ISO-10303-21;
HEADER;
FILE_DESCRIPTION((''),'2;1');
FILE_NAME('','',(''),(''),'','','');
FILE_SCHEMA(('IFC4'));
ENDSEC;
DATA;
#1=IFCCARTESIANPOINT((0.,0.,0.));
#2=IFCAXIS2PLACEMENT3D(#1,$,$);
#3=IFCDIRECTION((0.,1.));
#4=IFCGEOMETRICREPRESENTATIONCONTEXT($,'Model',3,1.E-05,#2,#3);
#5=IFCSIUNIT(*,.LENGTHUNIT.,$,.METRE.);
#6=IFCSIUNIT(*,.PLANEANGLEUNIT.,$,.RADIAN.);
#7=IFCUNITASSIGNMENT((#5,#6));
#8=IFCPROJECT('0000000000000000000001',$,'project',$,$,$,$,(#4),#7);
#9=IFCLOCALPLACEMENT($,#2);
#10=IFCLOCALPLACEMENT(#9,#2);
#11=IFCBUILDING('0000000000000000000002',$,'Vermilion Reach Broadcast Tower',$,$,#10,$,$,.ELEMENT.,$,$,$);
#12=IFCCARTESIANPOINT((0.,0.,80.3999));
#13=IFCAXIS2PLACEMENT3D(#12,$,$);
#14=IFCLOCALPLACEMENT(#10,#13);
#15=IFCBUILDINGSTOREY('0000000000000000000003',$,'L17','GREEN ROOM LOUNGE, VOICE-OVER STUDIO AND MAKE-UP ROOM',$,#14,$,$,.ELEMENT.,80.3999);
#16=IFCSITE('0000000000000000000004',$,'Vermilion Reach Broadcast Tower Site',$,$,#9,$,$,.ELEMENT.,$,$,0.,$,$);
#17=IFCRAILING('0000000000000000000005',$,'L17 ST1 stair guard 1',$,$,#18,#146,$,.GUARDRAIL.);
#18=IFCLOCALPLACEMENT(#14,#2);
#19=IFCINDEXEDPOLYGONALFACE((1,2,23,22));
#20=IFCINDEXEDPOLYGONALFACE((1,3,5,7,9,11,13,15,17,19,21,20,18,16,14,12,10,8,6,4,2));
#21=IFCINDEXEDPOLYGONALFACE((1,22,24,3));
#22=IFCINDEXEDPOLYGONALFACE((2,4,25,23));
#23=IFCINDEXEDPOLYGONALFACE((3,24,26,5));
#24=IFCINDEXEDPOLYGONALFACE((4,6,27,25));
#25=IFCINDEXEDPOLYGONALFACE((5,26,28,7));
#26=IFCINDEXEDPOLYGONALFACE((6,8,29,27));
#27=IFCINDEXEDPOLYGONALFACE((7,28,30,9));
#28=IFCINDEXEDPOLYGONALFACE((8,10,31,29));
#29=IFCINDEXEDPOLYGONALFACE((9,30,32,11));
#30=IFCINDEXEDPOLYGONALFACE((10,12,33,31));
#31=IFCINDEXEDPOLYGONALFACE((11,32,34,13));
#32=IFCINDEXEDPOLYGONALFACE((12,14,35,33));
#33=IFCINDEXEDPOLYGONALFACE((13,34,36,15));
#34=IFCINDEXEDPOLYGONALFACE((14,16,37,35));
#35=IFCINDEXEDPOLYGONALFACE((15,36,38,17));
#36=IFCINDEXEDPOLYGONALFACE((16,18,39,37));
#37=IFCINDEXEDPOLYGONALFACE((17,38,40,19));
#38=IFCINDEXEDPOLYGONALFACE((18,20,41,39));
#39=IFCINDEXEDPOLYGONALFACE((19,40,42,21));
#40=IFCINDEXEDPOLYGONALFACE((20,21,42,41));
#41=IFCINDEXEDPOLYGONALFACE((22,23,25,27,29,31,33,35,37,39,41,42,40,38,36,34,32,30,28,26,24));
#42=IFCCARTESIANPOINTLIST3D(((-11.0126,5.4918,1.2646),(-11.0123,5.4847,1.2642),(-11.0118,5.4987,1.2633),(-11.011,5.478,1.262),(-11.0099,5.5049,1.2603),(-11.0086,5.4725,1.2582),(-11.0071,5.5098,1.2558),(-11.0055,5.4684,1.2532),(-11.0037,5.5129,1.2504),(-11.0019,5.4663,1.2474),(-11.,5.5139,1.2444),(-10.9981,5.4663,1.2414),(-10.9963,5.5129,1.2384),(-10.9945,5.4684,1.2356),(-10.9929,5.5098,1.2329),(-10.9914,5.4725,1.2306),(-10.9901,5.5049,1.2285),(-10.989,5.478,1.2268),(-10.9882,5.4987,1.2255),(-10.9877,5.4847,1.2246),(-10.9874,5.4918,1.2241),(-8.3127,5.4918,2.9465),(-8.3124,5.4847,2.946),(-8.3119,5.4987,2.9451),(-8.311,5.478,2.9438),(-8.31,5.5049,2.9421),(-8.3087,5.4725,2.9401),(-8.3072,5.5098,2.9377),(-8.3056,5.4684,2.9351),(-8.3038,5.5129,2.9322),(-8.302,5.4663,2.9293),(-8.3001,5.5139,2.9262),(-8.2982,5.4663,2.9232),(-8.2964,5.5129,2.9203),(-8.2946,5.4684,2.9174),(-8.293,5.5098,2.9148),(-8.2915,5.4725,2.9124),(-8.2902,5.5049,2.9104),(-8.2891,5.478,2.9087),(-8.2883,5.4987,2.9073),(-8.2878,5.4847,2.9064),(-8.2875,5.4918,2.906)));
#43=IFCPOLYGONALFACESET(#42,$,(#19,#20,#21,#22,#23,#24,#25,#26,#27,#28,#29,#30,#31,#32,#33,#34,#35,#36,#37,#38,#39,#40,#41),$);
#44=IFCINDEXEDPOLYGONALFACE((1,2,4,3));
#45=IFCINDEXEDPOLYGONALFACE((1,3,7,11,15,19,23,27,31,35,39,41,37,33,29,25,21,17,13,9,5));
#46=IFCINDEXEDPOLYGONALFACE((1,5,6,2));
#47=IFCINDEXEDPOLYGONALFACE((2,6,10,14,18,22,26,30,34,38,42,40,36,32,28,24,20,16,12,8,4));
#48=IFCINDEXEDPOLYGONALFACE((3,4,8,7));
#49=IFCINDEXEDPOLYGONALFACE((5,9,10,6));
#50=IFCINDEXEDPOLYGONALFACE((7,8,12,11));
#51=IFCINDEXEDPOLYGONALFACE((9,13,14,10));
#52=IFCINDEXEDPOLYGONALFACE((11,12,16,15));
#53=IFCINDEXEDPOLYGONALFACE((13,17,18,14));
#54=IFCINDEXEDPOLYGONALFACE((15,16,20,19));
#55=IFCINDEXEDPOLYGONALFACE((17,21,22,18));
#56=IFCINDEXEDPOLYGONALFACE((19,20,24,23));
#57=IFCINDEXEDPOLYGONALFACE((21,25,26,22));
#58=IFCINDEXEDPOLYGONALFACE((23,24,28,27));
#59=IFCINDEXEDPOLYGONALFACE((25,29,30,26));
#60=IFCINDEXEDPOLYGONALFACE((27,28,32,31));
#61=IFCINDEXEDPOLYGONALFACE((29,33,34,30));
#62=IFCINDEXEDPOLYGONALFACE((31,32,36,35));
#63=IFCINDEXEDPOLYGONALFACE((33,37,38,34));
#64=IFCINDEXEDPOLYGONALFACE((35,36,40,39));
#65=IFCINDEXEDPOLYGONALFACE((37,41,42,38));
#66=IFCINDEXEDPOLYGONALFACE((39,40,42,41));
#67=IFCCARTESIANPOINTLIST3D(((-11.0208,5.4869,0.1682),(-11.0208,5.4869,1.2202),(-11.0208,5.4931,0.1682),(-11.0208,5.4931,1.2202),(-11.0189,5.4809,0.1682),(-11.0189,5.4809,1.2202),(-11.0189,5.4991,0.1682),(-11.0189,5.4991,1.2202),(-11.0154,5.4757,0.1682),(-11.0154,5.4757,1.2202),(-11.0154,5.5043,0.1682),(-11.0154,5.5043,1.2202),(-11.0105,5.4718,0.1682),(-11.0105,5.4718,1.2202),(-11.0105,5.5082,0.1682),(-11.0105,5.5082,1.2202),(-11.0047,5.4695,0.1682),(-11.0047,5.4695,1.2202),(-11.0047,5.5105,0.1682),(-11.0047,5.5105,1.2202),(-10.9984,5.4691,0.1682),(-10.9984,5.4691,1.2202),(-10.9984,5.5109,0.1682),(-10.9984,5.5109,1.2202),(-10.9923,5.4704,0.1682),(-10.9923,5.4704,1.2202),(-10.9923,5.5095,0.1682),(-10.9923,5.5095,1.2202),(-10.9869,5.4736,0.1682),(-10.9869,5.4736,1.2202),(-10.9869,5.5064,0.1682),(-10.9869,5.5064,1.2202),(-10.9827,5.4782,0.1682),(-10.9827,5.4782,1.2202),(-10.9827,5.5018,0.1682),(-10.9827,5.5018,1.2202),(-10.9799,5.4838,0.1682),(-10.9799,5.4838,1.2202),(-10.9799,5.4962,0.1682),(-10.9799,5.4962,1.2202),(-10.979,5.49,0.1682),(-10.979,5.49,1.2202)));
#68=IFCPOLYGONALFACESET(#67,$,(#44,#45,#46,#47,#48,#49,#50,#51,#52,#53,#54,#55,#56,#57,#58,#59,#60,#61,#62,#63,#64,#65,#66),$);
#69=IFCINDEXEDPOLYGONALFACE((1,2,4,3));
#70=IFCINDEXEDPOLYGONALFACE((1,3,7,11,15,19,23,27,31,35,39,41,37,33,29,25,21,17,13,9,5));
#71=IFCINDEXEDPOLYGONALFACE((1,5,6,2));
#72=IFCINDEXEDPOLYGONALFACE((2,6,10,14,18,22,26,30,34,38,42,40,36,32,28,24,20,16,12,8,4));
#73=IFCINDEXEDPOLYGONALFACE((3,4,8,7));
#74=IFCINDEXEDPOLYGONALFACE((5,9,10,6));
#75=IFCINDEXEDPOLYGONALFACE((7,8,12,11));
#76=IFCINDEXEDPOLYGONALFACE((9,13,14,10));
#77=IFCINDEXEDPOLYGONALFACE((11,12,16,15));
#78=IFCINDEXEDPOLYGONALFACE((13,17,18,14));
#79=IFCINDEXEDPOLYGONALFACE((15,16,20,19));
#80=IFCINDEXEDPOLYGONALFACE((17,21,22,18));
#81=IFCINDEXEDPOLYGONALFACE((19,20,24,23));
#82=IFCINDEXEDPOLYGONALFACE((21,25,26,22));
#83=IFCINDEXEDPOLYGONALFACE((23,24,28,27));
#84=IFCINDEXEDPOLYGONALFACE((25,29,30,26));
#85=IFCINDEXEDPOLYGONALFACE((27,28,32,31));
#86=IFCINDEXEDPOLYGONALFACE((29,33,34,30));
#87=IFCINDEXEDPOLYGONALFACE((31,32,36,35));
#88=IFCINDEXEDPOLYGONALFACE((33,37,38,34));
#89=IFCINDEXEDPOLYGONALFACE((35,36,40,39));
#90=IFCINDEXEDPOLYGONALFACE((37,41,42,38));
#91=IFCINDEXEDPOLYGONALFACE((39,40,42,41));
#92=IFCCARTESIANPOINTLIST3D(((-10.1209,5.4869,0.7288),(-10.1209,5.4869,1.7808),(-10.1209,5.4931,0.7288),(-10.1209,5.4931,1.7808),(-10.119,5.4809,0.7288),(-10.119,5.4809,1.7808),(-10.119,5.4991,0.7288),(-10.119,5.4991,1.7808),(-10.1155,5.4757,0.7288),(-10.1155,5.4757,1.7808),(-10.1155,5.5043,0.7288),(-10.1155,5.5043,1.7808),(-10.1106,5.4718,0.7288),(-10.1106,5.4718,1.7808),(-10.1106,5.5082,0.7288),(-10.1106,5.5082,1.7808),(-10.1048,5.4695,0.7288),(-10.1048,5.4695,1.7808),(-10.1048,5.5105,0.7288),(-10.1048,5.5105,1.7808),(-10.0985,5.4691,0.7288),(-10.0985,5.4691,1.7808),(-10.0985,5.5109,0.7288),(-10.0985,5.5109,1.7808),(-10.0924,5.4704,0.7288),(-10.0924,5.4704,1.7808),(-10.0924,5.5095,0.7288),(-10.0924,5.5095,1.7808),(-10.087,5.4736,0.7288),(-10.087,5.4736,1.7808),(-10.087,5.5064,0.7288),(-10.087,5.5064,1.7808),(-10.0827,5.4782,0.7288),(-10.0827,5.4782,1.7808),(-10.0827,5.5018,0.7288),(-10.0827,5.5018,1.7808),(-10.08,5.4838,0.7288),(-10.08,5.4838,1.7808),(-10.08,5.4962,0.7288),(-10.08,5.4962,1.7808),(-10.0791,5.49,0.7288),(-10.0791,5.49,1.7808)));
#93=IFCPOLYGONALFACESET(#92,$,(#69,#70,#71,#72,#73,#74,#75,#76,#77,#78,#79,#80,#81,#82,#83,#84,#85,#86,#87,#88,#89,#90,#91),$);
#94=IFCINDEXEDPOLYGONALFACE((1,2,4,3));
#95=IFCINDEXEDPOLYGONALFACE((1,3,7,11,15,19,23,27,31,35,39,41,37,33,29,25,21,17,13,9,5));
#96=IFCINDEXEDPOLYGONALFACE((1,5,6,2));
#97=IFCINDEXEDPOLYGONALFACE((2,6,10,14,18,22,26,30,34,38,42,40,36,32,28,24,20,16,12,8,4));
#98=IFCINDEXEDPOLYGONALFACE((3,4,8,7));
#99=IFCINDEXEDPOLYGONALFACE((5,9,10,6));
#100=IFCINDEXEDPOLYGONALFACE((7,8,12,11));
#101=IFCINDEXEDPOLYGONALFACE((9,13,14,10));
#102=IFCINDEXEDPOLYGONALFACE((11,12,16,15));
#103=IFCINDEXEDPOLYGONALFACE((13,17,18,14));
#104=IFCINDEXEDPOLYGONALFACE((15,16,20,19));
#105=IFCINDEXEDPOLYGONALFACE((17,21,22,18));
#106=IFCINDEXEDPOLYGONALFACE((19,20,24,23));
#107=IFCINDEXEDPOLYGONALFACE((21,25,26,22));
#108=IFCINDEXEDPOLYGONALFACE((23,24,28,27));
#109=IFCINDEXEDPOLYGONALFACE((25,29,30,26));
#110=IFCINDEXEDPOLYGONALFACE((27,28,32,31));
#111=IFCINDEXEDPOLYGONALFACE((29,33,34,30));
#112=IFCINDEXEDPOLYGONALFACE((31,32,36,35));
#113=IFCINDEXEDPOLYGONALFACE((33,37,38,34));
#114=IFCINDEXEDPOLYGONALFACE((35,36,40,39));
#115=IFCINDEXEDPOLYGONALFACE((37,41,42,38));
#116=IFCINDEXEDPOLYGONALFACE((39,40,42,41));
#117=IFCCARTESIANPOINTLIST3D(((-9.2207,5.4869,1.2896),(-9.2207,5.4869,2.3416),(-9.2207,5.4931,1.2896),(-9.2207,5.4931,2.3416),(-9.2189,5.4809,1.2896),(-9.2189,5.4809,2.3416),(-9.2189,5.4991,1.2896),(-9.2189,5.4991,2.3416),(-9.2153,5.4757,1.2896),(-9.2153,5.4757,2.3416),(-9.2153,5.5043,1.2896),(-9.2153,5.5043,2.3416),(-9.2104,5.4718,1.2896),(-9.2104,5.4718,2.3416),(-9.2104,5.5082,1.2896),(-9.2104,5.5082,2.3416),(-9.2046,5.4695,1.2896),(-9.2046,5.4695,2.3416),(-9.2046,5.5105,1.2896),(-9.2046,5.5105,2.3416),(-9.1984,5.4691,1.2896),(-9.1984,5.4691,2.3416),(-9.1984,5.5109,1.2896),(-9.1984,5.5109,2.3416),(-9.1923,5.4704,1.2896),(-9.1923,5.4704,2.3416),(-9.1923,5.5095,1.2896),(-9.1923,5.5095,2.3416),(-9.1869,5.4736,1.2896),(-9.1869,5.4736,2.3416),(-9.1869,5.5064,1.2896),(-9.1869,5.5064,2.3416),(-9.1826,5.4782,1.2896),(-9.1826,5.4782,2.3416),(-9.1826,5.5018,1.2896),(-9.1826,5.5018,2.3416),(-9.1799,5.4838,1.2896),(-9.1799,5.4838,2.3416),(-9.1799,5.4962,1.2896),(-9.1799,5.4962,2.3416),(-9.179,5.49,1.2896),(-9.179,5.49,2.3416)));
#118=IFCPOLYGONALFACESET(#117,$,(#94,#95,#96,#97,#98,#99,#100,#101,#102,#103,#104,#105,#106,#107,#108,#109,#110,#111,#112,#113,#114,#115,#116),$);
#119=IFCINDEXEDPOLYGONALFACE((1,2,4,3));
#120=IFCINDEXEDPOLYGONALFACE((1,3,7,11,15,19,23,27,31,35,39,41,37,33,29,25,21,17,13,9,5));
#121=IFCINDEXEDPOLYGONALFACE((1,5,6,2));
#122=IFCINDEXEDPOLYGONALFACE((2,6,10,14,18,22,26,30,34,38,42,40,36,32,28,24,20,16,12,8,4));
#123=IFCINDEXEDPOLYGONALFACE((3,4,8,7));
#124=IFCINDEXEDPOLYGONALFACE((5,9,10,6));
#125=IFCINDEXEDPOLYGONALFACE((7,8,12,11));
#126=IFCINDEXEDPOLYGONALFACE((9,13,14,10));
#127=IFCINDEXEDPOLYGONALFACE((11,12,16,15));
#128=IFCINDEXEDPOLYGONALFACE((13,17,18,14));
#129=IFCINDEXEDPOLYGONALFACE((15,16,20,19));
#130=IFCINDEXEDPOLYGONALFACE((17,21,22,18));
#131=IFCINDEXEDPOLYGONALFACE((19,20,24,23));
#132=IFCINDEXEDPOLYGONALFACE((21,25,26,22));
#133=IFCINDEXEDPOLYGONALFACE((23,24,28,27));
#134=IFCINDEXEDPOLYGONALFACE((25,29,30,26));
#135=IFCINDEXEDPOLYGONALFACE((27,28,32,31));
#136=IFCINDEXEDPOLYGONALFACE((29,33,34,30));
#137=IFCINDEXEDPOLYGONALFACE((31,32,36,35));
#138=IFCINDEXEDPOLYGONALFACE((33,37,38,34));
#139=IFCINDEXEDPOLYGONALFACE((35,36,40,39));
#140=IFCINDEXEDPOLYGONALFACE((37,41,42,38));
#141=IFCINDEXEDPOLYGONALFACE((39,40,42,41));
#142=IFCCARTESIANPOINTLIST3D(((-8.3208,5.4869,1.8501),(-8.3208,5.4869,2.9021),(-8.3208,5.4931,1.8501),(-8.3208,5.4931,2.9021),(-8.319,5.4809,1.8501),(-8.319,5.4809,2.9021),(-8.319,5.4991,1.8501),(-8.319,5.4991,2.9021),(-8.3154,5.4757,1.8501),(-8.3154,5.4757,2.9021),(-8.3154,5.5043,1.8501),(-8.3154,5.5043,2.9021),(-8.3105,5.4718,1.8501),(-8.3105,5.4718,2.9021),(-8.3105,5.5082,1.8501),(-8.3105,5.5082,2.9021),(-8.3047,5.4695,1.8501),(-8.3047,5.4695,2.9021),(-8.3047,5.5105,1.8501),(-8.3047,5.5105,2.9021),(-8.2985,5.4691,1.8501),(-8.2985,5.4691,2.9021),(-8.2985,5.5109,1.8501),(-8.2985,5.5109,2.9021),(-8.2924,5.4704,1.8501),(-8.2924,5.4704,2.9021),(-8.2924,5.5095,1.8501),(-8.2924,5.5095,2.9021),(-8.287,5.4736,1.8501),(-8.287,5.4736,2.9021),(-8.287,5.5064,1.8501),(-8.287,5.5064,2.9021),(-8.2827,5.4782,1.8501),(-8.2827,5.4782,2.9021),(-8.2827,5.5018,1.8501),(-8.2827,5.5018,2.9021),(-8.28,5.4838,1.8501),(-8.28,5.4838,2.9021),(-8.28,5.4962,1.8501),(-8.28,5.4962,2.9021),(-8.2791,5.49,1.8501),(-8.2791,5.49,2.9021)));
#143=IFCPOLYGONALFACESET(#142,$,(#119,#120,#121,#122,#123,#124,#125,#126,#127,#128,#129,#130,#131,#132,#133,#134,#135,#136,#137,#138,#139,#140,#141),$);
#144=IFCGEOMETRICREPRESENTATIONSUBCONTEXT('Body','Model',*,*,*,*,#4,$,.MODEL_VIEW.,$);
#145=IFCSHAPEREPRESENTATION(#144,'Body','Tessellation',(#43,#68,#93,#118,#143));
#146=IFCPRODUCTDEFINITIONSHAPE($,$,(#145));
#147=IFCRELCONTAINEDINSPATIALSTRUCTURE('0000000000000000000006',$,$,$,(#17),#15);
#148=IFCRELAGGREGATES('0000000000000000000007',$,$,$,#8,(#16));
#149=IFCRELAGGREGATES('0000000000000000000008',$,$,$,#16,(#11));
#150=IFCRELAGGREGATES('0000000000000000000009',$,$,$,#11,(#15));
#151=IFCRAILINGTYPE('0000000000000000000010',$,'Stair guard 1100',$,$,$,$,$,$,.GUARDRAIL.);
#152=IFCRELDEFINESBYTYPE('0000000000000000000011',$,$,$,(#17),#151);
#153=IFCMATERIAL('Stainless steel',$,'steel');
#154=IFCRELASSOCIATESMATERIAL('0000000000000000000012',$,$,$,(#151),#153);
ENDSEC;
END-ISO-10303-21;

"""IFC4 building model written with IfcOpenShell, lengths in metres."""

from ifc_helpers import new_model, si_unit, direction, frame, origin, origin_2d, place, context, subcontext, project, spatial, circle, extrude, material, type_object, element, save


model = new_model("IFC4")

# Units and contexts
model_context = context("Model", 3, precision=1e-05, world=origin(), true_north=direction((0.0, 1.0)))
body_context = subcontext(model_context, "Body", "Model", "MODEL_VIEW")
ifc_project = project(units=[si_unit("LENGTHUNIT", "METRE"), si_unit("PLANEANGLEUNIT", "RADIAN")], contexts=[model_context])

# Site, building, storey
site_placement = place(None, origin())
site = spatial("IfcSite", under=ifc_project, at=site_placement, Name="Vermilion Reach Broadcast Tower Site", CompositionType="ELEMENT", RefElevation=0.0)
building_placement = place(site_placement, origin())
building = spatial("IfcBuilding", under=site, at=building_placement, Name="Vermilion Reach Broadcast Tower", CompositionType="ELEMENT")
storey_placement = place(building_placement, frame((0.0, 0.0, 80.3999)))
storey = spatial("IfcBuildingStorey", under=building, at=storey_placement, Name="L17", Description="GREEN ROOM LOUNGE, VOICE-OVER STUDIO AND MAKE-UP ROOM", CompositionType="ELEMENT", Elevation=80.3999)

# Railing
ifc_material_1 = material(Name="Stainless steel", Category="steel")
railing_type_1 = type_object("IfcRailingType", Name="Stair guard 1100", PredefinedType="GUARDRAIL", material=ifc_material_1)
railing_1_placement = place(storey_placement, frame((-11.0, 5.49, 0.1682)))
element("IfcRailing", 1, at=railing_1_placement, inside=storey, type_object=railing_type_1, Name="L17 ST1 stair guard 1", PredefinedType="GUARDRAIL", context=body_context, shape_type="SweptSolid", body=[
    extrude(circle(Radius=0.0239, at=origin_2d()), frame((0.0, 0.0, 1.0762), z_axis=(0.848786, 0.0, 0.528736), x_axis=(0.0, 1.0, 0.0)), (0.0, 0.0, 1.0), 3.1809),
    extrude(circle(Radius=0.021, at=origin_2d()), origin(), (0.0, 0.0, 1.0), 1.052),
    extrude(circle(Radius=0.021, at=origin_2d()), frame((0.8999, 0.0, 0.5605)), (0.0, 0.0, 1.0), 1.052),
    extrude(circle(Radius=0.021, at=origin_2d()), frame((1.8, 0.0, 1.1213)), (0.0, 0.0, 1.0), 1.052),
    extrude(circle(Radius=0.021, at=origin_2d()), frame((2.7, 0.0, 1.6819)), (0.0, 0.0, 1.0), 1.052),
])

save(model, "model.ifc")
